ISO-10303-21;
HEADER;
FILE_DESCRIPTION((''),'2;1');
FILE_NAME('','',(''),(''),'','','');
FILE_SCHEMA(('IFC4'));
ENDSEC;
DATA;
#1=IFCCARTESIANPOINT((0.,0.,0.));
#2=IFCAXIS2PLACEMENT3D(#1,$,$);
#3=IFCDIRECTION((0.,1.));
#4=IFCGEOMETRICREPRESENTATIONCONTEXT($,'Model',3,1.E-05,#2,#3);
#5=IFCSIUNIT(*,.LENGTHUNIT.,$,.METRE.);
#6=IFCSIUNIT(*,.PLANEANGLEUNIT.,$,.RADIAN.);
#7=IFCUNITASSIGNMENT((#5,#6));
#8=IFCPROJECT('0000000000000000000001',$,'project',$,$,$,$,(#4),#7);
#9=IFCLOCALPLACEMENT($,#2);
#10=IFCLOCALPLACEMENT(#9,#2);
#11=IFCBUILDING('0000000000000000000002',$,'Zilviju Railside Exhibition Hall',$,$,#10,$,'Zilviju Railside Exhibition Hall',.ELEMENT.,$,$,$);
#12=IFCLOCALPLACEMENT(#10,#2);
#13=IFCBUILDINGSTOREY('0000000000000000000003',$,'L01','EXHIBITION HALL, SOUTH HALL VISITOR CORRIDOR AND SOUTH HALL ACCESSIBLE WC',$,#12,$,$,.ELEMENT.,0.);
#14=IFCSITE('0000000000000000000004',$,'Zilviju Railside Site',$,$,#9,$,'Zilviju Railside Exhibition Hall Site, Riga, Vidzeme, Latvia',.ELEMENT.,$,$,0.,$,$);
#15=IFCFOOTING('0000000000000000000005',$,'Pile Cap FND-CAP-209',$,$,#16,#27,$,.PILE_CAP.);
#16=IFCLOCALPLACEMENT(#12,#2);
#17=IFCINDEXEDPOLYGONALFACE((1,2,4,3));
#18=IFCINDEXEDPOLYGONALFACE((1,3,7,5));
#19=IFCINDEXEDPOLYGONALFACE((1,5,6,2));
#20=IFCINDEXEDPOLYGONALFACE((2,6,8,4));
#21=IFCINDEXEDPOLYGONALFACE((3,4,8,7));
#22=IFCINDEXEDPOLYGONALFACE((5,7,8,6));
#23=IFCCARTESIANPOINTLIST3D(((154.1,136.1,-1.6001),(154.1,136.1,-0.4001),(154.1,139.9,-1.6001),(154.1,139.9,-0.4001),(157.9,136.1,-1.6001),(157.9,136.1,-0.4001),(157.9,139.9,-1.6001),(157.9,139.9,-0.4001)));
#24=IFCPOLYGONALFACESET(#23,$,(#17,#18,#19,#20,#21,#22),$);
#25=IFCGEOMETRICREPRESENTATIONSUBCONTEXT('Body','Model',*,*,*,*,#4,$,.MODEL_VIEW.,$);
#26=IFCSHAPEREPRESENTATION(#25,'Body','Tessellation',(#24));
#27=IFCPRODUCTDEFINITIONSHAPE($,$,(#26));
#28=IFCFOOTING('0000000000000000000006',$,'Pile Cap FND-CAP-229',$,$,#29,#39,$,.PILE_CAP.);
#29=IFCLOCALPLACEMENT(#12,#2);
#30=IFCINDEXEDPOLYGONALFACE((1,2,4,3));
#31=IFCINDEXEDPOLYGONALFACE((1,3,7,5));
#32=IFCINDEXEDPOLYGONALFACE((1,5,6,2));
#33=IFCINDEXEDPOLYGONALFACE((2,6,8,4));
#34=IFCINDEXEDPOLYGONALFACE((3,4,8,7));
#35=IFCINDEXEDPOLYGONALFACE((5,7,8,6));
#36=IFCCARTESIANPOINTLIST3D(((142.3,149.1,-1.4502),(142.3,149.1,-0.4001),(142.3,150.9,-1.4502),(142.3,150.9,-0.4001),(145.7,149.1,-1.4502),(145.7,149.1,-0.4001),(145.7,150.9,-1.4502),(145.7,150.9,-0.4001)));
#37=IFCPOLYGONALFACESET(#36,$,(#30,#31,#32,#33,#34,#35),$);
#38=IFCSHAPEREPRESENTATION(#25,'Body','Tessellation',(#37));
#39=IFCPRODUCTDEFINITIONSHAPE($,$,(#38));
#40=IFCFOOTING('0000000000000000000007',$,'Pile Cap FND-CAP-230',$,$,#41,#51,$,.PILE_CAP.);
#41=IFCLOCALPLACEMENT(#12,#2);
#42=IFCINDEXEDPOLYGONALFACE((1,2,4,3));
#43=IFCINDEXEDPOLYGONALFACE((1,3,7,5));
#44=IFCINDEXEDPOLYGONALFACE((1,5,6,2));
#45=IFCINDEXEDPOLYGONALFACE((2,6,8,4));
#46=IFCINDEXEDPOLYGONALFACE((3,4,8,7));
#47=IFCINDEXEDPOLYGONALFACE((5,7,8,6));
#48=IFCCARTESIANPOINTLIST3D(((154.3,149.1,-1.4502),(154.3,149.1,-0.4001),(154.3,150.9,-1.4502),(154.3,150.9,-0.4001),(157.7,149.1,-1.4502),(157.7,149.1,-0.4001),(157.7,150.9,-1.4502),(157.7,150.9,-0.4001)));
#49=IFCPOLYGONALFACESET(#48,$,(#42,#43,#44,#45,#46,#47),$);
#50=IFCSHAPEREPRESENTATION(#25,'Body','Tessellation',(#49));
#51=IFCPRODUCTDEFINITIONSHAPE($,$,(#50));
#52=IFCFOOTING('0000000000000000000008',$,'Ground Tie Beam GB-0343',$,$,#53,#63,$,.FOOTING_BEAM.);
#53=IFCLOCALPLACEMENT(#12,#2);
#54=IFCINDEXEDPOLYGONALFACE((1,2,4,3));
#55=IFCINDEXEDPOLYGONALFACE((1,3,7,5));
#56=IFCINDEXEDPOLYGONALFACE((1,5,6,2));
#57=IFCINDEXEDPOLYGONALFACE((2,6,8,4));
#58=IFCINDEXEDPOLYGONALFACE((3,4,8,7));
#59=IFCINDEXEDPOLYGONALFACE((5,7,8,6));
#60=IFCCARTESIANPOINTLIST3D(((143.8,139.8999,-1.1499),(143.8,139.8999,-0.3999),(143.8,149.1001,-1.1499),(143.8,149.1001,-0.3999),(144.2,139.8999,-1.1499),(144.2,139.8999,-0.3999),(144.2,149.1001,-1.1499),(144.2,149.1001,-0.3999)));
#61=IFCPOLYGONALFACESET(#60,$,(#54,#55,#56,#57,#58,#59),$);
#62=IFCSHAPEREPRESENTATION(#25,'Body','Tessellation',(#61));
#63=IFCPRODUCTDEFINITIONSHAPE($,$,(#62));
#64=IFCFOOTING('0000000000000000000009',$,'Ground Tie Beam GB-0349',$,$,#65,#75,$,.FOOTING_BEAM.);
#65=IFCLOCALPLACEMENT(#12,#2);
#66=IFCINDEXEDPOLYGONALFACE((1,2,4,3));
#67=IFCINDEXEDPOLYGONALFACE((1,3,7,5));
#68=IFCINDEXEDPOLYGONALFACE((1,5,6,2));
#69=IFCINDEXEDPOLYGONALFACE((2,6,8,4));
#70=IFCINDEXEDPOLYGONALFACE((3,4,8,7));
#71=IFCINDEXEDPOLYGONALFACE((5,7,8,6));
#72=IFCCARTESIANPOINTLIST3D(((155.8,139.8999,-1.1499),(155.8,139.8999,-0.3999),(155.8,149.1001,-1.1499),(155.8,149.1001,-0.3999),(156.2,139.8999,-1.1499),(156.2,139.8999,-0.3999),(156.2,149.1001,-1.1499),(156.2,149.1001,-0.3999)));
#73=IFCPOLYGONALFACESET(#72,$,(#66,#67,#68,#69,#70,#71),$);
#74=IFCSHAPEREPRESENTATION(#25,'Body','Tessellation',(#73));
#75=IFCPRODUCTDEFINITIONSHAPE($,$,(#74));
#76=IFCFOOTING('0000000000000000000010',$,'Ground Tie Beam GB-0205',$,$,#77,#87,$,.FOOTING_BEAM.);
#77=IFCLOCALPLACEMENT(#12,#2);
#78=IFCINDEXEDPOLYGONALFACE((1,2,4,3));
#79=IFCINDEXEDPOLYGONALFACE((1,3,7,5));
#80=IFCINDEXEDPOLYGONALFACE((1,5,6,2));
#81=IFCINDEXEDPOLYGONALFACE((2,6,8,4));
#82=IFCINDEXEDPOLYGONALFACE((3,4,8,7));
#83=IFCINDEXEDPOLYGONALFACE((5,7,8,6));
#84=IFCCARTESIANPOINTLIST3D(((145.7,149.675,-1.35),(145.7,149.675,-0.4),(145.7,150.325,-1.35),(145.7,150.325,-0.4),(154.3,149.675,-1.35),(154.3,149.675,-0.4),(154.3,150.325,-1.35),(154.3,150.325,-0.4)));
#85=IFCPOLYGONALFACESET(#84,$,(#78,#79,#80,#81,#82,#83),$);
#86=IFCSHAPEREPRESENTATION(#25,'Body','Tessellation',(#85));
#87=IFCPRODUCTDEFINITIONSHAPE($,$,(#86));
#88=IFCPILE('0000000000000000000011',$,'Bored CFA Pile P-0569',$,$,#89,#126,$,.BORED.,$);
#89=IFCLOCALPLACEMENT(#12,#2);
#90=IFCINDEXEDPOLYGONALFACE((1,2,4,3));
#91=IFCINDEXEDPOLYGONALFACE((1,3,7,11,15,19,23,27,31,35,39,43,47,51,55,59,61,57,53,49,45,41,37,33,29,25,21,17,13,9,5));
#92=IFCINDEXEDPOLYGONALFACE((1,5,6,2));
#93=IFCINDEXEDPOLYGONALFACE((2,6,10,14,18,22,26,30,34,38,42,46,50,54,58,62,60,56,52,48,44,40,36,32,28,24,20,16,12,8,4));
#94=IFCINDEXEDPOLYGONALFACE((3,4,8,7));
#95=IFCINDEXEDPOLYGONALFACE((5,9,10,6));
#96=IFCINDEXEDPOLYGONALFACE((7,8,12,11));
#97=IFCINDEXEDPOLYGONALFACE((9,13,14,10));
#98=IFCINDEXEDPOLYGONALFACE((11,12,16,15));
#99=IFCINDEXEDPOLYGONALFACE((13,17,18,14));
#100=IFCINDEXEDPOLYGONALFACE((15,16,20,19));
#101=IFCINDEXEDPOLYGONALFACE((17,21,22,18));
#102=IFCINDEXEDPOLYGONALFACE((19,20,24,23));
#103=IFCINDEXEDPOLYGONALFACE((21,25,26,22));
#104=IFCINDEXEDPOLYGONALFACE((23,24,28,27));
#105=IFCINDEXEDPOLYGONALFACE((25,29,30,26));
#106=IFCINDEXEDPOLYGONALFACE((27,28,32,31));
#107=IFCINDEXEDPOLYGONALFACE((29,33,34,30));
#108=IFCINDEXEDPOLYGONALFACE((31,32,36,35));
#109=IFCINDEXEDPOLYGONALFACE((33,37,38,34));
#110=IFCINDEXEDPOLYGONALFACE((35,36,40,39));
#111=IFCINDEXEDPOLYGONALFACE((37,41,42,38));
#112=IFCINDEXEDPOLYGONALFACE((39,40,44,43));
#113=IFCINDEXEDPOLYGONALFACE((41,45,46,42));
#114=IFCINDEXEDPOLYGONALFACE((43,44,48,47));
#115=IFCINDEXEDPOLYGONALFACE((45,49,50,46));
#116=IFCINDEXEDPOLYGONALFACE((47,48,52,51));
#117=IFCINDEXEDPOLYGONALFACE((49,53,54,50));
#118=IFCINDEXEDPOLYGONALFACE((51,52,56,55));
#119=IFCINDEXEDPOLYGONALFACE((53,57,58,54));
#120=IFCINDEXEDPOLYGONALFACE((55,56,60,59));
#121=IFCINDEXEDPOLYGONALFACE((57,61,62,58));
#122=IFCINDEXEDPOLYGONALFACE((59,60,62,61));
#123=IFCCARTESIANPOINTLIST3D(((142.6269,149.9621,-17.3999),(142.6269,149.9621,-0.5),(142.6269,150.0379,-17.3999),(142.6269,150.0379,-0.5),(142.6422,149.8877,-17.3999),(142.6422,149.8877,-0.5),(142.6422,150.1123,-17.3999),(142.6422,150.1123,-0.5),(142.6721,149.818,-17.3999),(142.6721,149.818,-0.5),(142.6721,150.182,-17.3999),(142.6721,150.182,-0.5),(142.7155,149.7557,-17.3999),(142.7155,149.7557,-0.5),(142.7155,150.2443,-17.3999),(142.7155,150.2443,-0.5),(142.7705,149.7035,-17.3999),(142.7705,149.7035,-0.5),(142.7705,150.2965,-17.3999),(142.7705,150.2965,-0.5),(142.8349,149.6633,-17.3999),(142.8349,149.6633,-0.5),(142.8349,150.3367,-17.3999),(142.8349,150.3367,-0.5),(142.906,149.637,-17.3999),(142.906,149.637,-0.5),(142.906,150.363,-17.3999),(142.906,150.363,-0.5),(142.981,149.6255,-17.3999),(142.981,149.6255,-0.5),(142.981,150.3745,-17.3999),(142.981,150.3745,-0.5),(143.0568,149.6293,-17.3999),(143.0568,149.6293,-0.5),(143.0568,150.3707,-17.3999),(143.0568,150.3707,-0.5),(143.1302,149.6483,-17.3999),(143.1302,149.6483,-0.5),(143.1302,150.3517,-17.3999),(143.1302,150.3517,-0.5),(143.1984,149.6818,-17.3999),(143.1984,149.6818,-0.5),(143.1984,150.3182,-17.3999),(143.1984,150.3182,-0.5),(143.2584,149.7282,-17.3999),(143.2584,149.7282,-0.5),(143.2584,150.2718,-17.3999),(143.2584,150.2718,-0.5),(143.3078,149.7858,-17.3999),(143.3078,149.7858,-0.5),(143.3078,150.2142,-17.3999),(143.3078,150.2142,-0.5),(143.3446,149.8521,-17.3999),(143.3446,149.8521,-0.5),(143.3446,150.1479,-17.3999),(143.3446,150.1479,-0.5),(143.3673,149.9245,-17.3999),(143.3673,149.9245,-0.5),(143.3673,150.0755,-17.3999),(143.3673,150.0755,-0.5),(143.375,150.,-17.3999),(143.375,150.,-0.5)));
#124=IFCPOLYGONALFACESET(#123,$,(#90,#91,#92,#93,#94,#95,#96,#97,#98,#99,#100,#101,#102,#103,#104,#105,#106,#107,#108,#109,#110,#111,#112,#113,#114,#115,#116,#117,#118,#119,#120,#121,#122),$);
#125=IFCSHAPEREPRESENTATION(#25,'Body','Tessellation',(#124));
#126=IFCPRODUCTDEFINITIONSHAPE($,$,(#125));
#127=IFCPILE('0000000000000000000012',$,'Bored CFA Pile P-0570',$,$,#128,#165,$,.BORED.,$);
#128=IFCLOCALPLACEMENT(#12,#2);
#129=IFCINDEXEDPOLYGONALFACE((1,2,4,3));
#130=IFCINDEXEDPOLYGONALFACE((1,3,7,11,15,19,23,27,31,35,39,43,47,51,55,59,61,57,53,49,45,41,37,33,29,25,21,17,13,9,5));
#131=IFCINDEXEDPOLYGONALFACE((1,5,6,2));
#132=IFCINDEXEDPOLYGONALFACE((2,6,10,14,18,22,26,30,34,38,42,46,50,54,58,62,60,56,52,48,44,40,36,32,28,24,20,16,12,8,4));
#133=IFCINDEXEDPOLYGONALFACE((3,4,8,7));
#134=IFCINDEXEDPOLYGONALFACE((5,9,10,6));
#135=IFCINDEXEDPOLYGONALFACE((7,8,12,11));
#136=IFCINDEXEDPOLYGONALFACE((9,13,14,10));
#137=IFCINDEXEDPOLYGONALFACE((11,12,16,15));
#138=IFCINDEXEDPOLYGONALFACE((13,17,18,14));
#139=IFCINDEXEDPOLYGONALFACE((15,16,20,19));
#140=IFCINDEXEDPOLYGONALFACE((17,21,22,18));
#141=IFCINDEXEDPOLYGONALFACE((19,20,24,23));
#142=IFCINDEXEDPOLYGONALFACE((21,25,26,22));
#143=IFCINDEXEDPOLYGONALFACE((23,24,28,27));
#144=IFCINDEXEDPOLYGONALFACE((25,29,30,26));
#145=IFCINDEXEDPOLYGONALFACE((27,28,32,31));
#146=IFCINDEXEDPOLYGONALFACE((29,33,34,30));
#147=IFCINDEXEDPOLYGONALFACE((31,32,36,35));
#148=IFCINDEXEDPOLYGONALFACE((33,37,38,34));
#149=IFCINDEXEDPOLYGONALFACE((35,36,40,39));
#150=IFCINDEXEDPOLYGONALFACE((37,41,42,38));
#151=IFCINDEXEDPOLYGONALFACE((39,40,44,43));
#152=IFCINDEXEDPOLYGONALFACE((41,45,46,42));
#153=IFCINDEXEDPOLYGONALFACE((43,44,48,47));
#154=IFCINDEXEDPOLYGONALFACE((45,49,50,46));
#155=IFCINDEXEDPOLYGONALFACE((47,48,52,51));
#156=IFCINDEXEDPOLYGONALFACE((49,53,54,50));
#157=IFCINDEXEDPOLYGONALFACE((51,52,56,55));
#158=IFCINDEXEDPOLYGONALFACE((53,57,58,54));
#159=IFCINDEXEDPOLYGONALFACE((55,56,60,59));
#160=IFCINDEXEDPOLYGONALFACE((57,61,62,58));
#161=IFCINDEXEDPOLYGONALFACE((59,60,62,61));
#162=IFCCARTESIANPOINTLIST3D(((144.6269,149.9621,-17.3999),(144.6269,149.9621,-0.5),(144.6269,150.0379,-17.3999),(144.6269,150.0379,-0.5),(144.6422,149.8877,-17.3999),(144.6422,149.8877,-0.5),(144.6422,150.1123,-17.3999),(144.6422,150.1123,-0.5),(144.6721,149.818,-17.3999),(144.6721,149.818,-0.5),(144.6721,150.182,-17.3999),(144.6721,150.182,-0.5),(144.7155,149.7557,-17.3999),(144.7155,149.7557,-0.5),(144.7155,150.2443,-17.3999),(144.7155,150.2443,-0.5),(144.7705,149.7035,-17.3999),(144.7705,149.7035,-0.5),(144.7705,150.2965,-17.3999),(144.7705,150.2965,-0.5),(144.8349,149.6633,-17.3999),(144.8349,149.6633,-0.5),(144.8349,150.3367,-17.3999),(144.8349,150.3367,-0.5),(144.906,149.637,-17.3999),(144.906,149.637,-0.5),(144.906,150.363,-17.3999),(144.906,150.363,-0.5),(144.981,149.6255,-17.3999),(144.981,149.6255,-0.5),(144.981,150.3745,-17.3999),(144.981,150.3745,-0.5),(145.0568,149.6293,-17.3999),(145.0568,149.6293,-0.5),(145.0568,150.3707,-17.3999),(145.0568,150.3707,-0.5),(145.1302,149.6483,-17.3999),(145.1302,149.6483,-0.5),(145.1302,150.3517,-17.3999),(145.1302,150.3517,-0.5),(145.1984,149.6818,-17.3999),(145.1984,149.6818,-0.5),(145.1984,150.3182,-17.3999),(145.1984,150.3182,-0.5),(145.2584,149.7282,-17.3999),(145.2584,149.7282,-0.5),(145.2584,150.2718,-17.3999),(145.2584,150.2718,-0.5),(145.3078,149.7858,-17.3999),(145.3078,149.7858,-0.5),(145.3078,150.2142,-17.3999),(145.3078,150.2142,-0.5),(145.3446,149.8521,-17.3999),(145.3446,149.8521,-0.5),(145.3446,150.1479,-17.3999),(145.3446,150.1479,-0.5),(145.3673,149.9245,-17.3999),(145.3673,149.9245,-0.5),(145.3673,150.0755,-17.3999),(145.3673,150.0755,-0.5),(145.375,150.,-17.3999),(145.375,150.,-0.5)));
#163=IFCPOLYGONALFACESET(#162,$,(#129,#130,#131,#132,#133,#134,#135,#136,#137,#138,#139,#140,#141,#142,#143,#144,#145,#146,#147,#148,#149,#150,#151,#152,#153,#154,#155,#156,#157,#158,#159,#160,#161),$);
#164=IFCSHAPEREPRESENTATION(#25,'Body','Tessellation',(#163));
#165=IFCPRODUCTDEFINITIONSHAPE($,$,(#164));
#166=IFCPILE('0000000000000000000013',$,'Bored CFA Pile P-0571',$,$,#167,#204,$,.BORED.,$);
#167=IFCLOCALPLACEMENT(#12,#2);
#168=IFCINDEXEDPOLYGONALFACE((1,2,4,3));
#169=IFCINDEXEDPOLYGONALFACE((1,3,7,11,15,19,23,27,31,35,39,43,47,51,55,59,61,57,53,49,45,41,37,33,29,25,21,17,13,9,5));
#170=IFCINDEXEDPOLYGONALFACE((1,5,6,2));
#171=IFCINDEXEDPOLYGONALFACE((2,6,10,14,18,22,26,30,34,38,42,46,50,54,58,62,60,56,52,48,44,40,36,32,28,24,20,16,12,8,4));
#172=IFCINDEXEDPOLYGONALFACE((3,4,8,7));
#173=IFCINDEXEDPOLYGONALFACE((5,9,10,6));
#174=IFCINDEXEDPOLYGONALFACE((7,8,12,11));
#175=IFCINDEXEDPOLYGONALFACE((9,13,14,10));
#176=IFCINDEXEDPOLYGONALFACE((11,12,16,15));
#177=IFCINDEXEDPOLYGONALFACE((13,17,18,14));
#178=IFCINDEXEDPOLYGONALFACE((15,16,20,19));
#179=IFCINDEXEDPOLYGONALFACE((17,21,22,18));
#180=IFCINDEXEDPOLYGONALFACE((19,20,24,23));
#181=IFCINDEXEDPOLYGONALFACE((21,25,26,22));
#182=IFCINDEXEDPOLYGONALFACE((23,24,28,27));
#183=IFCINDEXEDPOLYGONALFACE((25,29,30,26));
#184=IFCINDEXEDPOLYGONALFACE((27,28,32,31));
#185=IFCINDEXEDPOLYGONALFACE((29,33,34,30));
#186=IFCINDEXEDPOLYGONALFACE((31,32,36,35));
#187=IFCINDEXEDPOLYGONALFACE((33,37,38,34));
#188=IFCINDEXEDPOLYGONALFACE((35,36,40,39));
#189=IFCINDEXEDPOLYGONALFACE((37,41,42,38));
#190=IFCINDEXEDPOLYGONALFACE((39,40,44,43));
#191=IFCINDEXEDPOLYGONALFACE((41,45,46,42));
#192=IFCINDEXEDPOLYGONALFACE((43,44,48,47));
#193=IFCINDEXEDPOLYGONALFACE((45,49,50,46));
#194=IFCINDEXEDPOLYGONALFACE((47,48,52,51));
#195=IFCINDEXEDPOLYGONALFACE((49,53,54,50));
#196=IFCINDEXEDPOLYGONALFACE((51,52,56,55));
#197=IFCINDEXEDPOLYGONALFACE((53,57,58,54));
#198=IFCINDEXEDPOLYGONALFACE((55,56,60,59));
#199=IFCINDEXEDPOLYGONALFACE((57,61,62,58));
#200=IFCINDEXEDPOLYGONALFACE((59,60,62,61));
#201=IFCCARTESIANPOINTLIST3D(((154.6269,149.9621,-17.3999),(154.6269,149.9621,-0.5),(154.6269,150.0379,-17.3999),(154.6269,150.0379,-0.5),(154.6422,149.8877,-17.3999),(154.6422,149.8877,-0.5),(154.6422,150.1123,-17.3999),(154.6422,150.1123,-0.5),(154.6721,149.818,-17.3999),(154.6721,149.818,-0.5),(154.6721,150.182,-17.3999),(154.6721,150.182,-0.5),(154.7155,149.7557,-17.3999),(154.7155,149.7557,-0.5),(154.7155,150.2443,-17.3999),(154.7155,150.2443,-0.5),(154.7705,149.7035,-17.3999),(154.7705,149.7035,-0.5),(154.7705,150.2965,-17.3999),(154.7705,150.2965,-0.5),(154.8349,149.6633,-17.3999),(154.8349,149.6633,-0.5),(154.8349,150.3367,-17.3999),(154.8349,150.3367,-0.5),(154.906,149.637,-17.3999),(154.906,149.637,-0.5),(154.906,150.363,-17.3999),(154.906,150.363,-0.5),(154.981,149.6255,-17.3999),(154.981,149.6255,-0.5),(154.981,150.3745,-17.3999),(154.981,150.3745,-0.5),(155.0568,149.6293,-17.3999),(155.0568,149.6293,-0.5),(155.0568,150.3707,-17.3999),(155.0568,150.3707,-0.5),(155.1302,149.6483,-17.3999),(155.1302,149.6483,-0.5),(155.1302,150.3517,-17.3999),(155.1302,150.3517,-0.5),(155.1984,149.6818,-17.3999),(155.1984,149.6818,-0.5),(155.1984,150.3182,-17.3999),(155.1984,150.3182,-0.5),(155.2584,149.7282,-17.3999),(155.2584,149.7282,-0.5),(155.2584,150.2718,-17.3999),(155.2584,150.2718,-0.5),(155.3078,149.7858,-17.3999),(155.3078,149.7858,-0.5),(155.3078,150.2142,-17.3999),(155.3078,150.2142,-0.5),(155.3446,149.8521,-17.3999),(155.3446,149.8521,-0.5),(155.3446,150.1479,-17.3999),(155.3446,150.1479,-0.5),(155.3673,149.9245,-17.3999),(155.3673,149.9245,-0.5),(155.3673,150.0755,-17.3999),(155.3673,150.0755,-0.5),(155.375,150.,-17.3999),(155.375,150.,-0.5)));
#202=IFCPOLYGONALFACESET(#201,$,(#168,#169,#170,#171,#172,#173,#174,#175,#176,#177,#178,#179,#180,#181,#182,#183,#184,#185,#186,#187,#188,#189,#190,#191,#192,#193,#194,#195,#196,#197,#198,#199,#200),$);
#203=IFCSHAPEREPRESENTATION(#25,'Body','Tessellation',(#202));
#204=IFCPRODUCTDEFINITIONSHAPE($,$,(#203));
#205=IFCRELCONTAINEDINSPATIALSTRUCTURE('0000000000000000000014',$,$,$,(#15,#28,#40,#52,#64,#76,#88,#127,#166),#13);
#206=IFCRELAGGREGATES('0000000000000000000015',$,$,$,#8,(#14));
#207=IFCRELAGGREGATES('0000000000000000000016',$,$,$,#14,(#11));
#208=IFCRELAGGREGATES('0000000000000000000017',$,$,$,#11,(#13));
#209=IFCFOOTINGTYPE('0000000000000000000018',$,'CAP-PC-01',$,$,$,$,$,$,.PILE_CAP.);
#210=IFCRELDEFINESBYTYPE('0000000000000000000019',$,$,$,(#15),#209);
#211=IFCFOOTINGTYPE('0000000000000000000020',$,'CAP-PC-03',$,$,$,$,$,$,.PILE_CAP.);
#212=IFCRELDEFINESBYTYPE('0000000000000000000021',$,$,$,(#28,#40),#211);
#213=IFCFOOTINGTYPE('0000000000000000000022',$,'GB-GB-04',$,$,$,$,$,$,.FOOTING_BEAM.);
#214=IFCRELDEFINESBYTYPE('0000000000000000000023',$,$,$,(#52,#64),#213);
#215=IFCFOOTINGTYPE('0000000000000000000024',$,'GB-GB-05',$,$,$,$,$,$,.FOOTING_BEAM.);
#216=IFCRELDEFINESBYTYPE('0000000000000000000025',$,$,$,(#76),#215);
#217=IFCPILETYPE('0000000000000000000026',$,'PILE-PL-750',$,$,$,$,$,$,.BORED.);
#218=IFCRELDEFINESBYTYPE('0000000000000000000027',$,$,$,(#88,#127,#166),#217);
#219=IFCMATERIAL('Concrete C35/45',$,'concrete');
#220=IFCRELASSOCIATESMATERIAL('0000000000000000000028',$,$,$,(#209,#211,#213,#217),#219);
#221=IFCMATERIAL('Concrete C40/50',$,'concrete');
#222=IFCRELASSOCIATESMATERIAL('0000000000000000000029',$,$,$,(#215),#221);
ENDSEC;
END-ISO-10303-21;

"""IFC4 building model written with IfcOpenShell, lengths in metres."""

from ifc_helpers import new_model, si_unit, direction, frame, origin, origin_2d, place, context, subcontext, project, spatial, rectangle, circle, extrude, material, material_profile, profile_set, type_object, element, save


model = new_model("IFC4")

# Units and contexts
model_context = context("Model", 3, precision=1e-05, world=origin(), true_north=direction((0.0, 1.0)))
body_context = subcontext(model_context, "Body", "Model", "MODEL_VIEW")
ifc_project = project(units=[si_unit("LENGTHUNIT", "METRE"), si_unit("PLANEANGLEUNIT", "RADIAN")], contexts=[model_context])

# Site, building, storey
site_placement = place(None, origin())
site = spatial("IfcSite", under=ifc_project, at=site_placement, Name="Zilviju Railside Site", LongName="Zilviju Railside Exhibition Hall Site, Riga, Vidzeme, Latvia", CompositionType="ELEMENT", RefElevation=0.0)
building_placement = place(site_placement, origin())
building = spatial("IfcBuilding", under=site, at=building_placement, Name="Zilviju Railside Exhibition Hall", LongName="Zilviju Railside Exhibition Hall", CompositionType="ELEMENT")
storey_placement = place(building_placement, origin())
storey = spatial("IfcBuildingStorey", under=building, at=storey_placement, Name="L01", Description="EXHIBITION HALL, SOUTH HALL VISITOR CORRIDOR AND SOUTH HALL ACCESSIBLE WC", CompositionType="ELEMENT", Elevation=0.0)

# Footings
ifc_material_1 = material(Name="Concrete C35/45", Category="concrete")
footing_type_1 = type_object("IfcFootingType", Name="CAP-PC-01", PredefinedType="PILE_CAP", material=ifc_material_1)
footing_1_placement = place(storey_placement, frame((156.0, 138.0, -1.6001), z_axis=(0.0, 0.0, 1.0), x_axis=(1.0, 0.0, 0.0)))
element("IfcFooting", 1, at=footing_1_placement, inside=storey, type_object=footing_type_1, Name="Pile Cap FND-CAP-209", PredefinedType="PILE_CAP", context=body_context, shape_type="SweptSolid", body=[
    extrude(rectangle(XDim=3.8, YDim=3.8, at=origin_2d()), origin(), (0.0, 0.0, 1.0), 1.2),
])
footing_type_2 = type_object("IfcFootingType", Name="CAP-PC-03", PredefinedType="PILE_CAP", material=ifc_material_1)
for number, where, z_axis, x_axis, name in (
    (2, (144.0, 150.0, -1.4502), (0.0, 0.0, 1.0), (1.0, 0.0, 0.0), "Pile Cap FND-CAP-229"),
    (3, (156.0, 150.0, -1.4502), (0.0, 0.0, 1.0), (1.0, 0.0, 0.0), "Pile Cap FND-CAP-230"),
):
    element("IfcFooting", number, at=place(storey_placement, frame(where, z_axis=z_axis, x_axis=x_axis)), inside=storey, type_object=footing_type_2, Name=name, PredefinedType="PILE_CAP", context=body_context, shape_type="SweptSolid", body=[
        extrude(rectangle(XDim=3.3999, YDim=1.8, at=origin_2d()), origin(), (0.0, 0.0, 1.0), 1.05),
    ])
ifc_material_profile_1 = material_profile(ifc_material_1, rectangle(XDim=0.3999, YDim=0.75, at=origin_2d()), Name="TIE BEAM 400x750")
ifc_profile_set_1 = profile_set([ifc_material_profile_1], Name="Concrete C35/45")
footing_type_3 = type_object("IfcFootingType", Name="GB-GB-04", PredefinedType="FOOTING_BEAM", material=ifc_profile_set_1)
for number, where, z_axis, x_axis, name in (
    (4, (144.0, 139.8999, -0.7749), (0.0, 1.0, 0.0), (-1.0, 0.0, 0.0), "Ground Tie Beam GB-0343"),
    (5, (156.0, 139.8999, -0.7749), (0.0, 1.0, 0.0), (-1.0, 0.0, 0.0), "Ground Tie Beam GB-0349"),
):
    element("IfcFooting", number, at=place(storey_placement, frame(where, z_axis=z_axis, x_axis=x_axis)), inside=storey, type_object=footing_type_3, Name=name, PredefinedType="FOOTING_BEAM", context=body_context, shape_type="SweptSolid", body=[
        extrude(rectangle(XDim=0.3999, YDim=0.75, at=origin_2d()), origin(), (0.0, 0.0, 1.0), 9.2002),
    ])
ifc_material_2 = material(Name="Concrete C40/50", Category="concrete")
ifc_material_profile_2 = material_profile(ifc_material_2, rectangle(XDim=0.6499, YDim=0.95, at=origin_2d()), Name="TIE BEAM 650x950")
ifc_profile_set_2 = profile_set([ifc_material_profile_2], Name="Concrete C40/50")
footing_type_4 = type_object("IfcFootingType", Name="GB-GB-05", PredefinedType="FOOTING_BEAM", material=ifc_profile_set_2)
footing_2_placement = place(storey_placement, frame((145.7, 150.0, -0.875), z_axis=(1.0, 0.0, 0.0), x_axis=(0.0, 1.0, 0.0)))
element("IfcFooting", 6, at=footing_2_placement, inside=storey, type_object=footing_type_4, Name="Ground Tie Beam GB-0205", PredefinedType="FOOTING_BEAM", context=body_context, shape_type="SweptSolid", body=[
    extrude(rectangle(XDim=0.6499, YDim=0.95, at=origin_2d()), origin(), (0.0, 0.0, 1.0), 8.6001),
])

# Piles
ifc_material_profile_3 = material_profile(ifc_material_1, circle(Radius=0.375, at=origin_2d()), Name="CFA PILE D750")
ifc_profile_set_3 = profile_set([ifc_material_profile_3], Name="Concrete C35/45")
pile_type_1 = type_object("IfcPileType", Name="PILE-PL-750", PredefinedType="BORED", material=ifc_profile_set_3)
for number, where, z_axis, x_axis, name in (
    (7, (143.0, 150.0, -0.5), (0.0, 0.0, -1.0), (1.0, 0.0, 0.0), "Bored CFA Pile P-0569"),
    (8, (145.0, 150.0, -0.5), (0.0, 0.0, -1.0), (1.0, 0.0, 0.0), "Bored CFA Pile P-0570"),
    (9, (155.0, 150.0, -0.5), (0.0, 0.0, -1.0), (1.0, 0.0, 0.0), "Bored CFA Pile P-0571"),
):
    element("IfcPile", number, at=place(storey_placement, frame(where, z_axis=z_axis, x_axis=x_axis)), inside=storey, type_object=pile_type_1, Name=name, PredefinedType="BORED", context=body_context, shape_type="SweptSolid", body=[
        extrude(circle(Radius=0.375, at=origin_2d()), origin(), (0.0, 0.0, 1.0), 16.8999),
    ])

save(model, "model.ifc")
